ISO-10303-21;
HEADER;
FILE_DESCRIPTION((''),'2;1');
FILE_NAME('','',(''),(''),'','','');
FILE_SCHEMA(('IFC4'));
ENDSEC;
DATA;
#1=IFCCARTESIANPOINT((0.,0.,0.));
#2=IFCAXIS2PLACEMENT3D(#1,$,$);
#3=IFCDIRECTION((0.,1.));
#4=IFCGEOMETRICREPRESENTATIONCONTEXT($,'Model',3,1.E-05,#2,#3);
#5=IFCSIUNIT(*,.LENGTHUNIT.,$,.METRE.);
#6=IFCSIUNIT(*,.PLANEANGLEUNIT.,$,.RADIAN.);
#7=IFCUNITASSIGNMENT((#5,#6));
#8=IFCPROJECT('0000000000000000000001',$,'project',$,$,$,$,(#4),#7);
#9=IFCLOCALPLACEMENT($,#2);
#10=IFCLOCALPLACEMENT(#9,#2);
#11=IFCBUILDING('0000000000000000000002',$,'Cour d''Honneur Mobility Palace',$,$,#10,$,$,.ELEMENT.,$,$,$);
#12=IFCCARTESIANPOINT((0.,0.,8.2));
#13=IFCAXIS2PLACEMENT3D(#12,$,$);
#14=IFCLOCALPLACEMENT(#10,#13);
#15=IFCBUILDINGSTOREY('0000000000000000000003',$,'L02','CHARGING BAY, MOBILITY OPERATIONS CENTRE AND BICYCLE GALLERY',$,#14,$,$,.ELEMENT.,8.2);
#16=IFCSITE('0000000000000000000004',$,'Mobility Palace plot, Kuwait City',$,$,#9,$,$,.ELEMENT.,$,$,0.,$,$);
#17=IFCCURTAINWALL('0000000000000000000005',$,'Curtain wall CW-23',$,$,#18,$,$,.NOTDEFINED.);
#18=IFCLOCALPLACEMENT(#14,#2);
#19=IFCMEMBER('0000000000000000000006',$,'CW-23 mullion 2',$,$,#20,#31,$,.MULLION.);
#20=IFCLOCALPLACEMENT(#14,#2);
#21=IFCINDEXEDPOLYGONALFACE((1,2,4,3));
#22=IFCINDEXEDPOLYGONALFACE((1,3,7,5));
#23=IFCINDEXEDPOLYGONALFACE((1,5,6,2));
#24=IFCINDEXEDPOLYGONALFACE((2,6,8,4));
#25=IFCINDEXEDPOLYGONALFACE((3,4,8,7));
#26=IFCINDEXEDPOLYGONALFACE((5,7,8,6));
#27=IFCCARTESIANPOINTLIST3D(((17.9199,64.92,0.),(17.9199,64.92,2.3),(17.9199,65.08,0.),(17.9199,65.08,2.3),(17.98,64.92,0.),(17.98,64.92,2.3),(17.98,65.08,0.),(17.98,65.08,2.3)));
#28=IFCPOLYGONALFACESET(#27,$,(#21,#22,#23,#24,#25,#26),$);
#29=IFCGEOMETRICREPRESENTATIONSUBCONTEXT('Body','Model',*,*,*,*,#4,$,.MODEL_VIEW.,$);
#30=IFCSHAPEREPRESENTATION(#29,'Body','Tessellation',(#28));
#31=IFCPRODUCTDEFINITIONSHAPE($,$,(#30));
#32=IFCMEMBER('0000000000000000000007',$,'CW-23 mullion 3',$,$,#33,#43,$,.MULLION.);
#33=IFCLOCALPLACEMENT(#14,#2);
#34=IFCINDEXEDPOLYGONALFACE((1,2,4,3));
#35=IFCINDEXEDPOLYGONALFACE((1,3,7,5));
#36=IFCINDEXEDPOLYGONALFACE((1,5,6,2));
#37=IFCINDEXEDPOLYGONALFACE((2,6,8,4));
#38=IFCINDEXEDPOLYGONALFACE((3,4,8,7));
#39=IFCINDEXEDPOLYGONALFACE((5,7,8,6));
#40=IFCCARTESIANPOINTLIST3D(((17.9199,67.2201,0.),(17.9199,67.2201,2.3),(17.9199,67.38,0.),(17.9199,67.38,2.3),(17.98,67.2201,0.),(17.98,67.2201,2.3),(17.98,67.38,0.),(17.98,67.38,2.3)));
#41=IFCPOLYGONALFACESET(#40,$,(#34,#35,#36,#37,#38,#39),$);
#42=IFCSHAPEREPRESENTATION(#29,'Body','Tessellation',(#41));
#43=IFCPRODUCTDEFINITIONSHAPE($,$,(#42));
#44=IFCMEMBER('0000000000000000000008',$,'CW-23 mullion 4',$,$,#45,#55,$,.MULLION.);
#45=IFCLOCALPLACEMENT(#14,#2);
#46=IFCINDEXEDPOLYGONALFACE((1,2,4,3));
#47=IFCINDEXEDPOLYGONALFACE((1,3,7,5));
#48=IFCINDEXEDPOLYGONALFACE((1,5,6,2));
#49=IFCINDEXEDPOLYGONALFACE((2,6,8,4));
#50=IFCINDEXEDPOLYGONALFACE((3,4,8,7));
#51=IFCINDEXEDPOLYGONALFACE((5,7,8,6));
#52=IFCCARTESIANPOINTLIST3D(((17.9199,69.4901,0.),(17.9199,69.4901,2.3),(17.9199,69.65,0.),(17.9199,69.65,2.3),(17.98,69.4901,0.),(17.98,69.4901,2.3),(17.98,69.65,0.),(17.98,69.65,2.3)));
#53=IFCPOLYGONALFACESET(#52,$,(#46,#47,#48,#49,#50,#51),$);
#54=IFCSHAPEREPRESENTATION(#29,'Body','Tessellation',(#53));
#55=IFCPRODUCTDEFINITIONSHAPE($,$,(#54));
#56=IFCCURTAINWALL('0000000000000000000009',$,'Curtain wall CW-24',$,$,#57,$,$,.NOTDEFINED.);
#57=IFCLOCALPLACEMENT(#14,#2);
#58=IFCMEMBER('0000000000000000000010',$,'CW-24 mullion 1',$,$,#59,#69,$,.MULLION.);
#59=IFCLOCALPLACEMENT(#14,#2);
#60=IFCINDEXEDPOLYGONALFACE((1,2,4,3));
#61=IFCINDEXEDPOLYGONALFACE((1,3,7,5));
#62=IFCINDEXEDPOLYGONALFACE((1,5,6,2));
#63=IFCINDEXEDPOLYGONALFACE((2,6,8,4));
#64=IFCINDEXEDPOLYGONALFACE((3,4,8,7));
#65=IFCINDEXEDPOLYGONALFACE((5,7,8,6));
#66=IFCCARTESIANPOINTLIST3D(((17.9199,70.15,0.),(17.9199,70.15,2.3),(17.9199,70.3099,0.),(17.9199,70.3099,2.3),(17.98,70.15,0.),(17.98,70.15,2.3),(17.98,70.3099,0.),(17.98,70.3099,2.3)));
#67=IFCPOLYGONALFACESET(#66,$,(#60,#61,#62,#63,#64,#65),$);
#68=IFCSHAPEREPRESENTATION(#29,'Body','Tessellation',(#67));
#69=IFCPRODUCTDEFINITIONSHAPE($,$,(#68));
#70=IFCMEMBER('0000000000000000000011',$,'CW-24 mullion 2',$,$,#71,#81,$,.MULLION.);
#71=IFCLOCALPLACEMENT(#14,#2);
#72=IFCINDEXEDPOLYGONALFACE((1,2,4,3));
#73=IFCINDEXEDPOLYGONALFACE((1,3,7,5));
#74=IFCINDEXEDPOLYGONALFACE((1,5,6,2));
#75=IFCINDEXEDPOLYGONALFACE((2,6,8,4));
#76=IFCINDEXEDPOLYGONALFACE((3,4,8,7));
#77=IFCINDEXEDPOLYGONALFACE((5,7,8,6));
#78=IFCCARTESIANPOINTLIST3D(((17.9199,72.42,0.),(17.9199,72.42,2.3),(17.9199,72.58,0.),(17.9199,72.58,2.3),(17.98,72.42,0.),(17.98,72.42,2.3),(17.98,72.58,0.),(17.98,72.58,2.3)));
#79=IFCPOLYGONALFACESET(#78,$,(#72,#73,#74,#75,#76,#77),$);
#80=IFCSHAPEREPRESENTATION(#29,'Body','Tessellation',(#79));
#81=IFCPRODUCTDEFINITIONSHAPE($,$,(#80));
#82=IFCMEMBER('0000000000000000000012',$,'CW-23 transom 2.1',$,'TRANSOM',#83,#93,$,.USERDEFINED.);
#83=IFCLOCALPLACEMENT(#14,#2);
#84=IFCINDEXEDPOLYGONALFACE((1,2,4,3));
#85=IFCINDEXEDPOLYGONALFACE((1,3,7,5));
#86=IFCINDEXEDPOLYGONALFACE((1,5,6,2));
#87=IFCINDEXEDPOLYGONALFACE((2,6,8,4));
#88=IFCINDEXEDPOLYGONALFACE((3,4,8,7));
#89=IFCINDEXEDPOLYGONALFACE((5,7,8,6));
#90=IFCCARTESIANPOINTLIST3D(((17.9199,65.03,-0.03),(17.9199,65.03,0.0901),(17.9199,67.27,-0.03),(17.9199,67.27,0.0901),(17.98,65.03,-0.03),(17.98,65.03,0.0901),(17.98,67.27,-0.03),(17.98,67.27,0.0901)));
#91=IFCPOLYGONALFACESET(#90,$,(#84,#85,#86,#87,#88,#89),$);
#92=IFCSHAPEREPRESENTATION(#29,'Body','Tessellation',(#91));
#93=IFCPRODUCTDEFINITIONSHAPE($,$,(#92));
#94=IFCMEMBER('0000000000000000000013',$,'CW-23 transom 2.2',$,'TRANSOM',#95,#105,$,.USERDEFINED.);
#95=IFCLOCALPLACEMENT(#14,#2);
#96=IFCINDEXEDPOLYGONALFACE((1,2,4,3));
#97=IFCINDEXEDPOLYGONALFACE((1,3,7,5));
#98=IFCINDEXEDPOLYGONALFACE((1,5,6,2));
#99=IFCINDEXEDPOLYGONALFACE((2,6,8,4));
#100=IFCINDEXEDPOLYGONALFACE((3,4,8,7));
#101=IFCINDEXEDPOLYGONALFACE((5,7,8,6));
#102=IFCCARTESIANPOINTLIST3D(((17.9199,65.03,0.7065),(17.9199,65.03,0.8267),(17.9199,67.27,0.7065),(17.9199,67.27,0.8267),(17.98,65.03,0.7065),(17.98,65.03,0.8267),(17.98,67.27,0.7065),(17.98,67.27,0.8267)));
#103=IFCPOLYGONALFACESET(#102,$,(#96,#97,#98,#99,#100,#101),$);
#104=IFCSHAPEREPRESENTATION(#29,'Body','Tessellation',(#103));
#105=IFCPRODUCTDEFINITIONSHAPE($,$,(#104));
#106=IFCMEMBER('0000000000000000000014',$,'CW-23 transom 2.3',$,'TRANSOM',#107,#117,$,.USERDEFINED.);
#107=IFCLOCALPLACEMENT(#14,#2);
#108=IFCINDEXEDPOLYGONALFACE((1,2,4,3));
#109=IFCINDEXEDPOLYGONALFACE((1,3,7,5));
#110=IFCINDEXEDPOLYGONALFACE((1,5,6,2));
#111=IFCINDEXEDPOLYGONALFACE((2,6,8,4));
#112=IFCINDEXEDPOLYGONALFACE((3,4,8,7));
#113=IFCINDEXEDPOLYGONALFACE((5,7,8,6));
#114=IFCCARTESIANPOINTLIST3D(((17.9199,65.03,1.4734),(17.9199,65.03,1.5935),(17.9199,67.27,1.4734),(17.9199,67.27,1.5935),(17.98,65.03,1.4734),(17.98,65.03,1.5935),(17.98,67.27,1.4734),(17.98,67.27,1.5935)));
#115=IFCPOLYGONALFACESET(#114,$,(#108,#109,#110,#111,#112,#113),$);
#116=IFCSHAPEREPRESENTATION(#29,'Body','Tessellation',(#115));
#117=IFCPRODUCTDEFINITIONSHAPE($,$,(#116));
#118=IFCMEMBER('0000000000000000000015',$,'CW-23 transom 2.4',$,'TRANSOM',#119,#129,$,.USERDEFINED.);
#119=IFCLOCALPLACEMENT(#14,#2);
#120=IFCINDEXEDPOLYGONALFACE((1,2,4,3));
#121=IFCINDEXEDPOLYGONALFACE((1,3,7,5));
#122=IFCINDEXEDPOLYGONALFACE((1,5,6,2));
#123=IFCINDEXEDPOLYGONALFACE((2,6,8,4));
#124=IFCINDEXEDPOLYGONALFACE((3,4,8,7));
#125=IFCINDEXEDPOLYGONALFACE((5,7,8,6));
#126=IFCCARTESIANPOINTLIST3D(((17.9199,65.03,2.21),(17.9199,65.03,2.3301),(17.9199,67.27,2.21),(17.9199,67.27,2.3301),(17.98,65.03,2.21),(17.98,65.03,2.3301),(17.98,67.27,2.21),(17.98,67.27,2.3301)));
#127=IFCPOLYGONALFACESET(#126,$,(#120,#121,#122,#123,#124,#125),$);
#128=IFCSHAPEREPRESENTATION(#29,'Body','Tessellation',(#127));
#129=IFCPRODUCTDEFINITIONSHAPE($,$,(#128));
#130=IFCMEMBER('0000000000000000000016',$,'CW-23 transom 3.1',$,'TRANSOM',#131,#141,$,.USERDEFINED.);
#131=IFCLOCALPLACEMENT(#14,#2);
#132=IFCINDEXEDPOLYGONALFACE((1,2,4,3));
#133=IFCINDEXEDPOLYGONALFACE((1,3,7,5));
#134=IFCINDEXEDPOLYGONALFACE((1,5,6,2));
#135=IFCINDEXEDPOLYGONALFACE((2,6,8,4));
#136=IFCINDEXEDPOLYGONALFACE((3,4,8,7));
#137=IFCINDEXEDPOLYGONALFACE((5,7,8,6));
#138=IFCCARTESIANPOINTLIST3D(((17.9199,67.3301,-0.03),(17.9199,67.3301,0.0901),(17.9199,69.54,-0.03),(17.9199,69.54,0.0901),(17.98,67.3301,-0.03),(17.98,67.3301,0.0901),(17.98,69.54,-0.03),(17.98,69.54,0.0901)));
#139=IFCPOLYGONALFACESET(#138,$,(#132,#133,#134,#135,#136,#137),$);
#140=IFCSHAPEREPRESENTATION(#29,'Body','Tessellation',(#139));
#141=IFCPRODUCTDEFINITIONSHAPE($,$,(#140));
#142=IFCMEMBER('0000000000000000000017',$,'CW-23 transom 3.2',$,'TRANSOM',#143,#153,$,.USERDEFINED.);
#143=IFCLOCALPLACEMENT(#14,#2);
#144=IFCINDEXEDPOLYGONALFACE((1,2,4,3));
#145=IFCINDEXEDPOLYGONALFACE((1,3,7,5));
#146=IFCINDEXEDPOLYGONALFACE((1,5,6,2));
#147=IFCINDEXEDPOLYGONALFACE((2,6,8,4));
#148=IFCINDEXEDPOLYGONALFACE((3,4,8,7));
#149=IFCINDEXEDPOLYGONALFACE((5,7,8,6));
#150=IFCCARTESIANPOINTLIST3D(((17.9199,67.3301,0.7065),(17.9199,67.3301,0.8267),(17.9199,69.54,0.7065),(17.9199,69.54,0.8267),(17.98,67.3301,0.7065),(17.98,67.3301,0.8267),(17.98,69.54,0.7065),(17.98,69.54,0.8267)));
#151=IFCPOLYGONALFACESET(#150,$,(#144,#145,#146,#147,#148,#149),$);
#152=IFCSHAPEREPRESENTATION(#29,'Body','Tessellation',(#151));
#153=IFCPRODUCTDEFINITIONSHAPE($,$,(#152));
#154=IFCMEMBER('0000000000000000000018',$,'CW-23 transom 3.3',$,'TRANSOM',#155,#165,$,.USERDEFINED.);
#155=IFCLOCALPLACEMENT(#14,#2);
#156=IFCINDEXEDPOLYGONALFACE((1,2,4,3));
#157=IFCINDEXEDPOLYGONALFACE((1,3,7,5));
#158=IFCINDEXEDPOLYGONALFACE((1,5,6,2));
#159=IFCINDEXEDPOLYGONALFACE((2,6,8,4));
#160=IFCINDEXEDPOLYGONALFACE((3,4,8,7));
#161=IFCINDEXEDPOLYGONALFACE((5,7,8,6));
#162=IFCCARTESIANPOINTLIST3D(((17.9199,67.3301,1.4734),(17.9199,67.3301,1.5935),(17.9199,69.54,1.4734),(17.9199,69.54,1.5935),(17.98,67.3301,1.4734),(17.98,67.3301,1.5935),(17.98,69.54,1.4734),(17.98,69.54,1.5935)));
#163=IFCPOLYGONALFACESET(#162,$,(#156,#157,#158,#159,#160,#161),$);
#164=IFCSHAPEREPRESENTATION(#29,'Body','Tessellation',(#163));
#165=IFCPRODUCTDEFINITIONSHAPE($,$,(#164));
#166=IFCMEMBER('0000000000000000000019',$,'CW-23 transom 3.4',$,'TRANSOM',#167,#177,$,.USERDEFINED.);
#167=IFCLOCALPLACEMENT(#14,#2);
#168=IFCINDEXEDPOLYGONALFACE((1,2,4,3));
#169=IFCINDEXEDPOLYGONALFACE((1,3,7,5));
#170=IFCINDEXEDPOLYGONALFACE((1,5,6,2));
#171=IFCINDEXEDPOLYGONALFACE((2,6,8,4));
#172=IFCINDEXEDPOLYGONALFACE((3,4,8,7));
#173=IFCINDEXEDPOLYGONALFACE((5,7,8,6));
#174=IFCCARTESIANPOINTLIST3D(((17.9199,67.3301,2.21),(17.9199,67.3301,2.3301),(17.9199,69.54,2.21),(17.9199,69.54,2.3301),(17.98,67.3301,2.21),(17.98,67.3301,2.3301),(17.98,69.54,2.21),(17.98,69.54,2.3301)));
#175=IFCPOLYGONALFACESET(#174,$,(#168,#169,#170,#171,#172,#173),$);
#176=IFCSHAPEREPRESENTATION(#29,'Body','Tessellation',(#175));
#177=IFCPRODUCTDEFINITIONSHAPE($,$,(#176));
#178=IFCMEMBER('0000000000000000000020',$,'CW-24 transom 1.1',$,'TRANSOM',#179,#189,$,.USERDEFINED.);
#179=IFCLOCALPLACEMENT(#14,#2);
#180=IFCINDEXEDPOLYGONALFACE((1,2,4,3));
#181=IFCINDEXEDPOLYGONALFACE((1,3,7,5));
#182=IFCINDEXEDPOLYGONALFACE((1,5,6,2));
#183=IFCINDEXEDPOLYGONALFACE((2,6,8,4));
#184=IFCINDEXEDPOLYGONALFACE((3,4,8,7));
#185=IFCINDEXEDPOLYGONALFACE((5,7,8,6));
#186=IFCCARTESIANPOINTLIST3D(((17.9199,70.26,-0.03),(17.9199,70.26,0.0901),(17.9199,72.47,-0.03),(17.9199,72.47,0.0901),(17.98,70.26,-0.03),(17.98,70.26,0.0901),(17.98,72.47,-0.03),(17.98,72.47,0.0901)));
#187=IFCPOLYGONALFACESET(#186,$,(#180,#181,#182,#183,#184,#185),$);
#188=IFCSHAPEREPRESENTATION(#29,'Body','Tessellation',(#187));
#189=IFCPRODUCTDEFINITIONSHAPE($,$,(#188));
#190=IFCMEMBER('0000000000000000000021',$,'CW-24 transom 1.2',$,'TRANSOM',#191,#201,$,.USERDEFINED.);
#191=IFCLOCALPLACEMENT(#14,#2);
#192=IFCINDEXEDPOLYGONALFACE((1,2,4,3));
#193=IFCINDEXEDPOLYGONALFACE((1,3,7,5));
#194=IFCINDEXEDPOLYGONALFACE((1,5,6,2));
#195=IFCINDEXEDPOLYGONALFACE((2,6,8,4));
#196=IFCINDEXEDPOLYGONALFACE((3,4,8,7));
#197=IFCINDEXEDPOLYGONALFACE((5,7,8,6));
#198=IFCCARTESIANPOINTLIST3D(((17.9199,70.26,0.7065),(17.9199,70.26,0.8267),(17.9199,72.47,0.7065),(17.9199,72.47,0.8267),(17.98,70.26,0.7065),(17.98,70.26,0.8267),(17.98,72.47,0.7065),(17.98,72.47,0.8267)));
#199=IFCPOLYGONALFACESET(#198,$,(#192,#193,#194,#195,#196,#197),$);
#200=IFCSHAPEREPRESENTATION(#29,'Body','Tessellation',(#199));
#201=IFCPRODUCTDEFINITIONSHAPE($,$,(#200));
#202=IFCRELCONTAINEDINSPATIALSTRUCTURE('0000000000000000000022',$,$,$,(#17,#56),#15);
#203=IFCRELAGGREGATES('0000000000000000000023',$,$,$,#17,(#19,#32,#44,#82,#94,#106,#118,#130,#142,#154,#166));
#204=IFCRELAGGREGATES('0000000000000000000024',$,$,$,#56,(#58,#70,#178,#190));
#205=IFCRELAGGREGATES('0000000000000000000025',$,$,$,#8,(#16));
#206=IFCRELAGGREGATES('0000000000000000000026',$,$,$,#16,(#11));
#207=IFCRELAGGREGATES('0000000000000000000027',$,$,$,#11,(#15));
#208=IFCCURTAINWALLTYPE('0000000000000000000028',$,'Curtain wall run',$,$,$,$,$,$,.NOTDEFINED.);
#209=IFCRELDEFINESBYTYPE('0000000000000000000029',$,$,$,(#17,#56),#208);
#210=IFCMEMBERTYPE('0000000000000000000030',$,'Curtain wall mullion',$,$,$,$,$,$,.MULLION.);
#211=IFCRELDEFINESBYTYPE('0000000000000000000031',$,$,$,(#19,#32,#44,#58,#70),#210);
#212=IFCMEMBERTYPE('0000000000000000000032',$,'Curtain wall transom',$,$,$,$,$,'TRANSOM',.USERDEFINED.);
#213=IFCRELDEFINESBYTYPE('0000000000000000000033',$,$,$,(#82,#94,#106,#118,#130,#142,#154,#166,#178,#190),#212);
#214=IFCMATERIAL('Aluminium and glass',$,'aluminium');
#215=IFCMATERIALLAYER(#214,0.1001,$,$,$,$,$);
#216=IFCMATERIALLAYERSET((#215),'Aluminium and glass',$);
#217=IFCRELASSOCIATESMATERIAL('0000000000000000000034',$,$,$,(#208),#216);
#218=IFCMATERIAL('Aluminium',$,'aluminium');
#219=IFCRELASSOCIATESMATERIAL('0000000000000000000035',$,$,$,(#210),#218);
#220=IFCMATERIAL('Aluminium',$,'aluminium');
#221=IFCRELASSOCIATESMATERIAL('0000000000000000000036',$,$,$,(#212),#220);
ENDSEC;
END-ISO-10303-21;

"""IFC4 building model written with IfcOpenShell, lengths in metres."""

from ifc_helpers import new_model, si_unit, direction, frame, origin, origin_2d, place, context, subcontext, project, spatial, rectangle, extrude, material, layer, layer_set, material_profile, profile_set, type_object, element, aggregate, save


model = new_model("IFC4")

# Units and contexts
model_context = context("Model", 3, precision=1e-05, world=origin(), true_north=direction((0.0, 1.0)))
body_context = subcontext(model_context, "Body", "Model", "MODEL_VIEW")
ifc_project = project(units=[si_unit("LENGTHUNIT", "METRE"), si_unit("PLANEANGLEUNIT", "RADIAN")], contexts=[model_context])

# Site, building, storey
site_placement = place(None, origin())
site = spatial("IfcSite", under=ifc_project, at=site_placement, Name="Mobility Palace plot, Kuwait City", CompositionType="ELEMENT", RefElevation=0.0)
building_placement = place(site_placement, origin())
building = spatial("IfcBuilding", under=site, at=building_placement, Name="Cour d'Honneur Mobility Palace", CompositionType="ELEMENT")
storey_placement = place(building_placement, frame((0.0, 0.0, 8.2)))
storey = spatial("IfcBuildingStorey", under=building, at=storey_placement, Name="L02", Description="CHARGING BAY, MOBILITY OPERATIONS CENTRE AND BICYCLE GALLERY", CompositionType="ELEMENT", Elevation=8.2)

# Curtain walls, members
ifc_material_1 = material(Name="Aluminium and glass", Category="aluminium")
ifc_layer_1 = layer(ifc_material_1, 0.1001)
ifc_layer_set_1 = layer_set([ifc_layer_1], Name="Aluminium and glass")
curtain_wall_type = type_object("IfcCurtainWallType", Name="Curtain wall run", PredefinedType="NOTDEFINED", material=ifc_layer_set_1)
curtain_wall_1_placement = place(storey_placement, origin())
curtain_wall_1 = element("IfcCurtainWall", 1, at=curtain_wall_1_placement, inside=storey, type_object=curtain_wall_type, Name="Curtain wall CW-23", PredefinedType="NOTDEFINED")
ifc_material_2 = material(Name="Aluminium", Category="aluminium")
ifc_material_profile_1 = material_profile(ifc_material_2, rectangle(XDim=0.0601, YDim=0.1599, at=origin_2d()), Name="Curtain wall mullion")
ifc_profile_set_1 = profile_set([ifc_material_profile_1], Name="Aluminium")
member_type_1 = type_object("IfcMemberType", Name="Curtain wall mullion", PredefinedType="MULLION", material=ifc_profile_set_1)
member_1_placement = place(storey_placement, frame((17.95, 65.0, 0.0), z_axis=(0.0, 0.0, 1.0), x_axis=(-1.0, 0.0, 0.0)))
member_1 = element("IfcMember", 2, at=member_1_placement, type_object=member_type_1, Name="CW-23 mullion 2", PredefinedType="MULLION", context=body_context, shape_type="SweptSolid", body=[
    extrude(rectangle(XDim=0.0601, YDim=0.1599, at=origin_2d()), origin(), (0.0, 0.0, 1.0), 2.3),
])
member_2_placement = place(storey_placement, frame((17.95, 67.3, 0.0), z_axis=(0.0, 0.0, 1.0), x_axis=(-1.0, 0.0, 0.0)))
member_2 = element("IfcMember", 3, at=member_2_placement, type_object=member_type_1, Name="CW-23 mullion 3", PredefinedType="MULLION", context=body_context, shape_type="SweptSolid", body=[
    extrude(rectangle(XDim=0.0601, YDim=0.1599, at=origin_2d()), origin(), (0.0, 0.0, 1.0), 2.3),
])
member_3_placement = place(storey_placement, frame((17.95, 69.5701, 0.0), z_axis=(0.0, 0.0, 1.0), x_axis=(-1.0, 0.0, 0.0)))
member_3 = element("IfcMember", 4, at=member_3_placement, type_object=member_type_1, Name="CW-23 mullion 4", PredefinedType="MULLION", context=body_context, shape_type="SweptSolid", body=[
    extrude(rectangle(XDim=0.0601, YDim=0.1599, at=origin_2d()), origin(), (0.0, 0.0, 1.0), 2.3),
])
curtain_wall_2_placement = place(storey_placement, origin())
curtain_wall_2 = element("IfcCurtainWall", 5, at=curtain_wall_2_placement, inside=storey, type_object=curtain_wall_type, Name="Curtain wall CW-24", PredefinedType="NOTDEFINED")
member_4_placement = place(storey_placement, frame((17.95, 70.23, 0.0), z_axis=(0.0, 0.0, 1.0), x_axis=(-1.0, 0.0, 0.0)))
member_4 = element("IfcMember", 6, at=member_4_placement, type_object=member_type_1, Name="CW-24 mullion 1", PredefinedType="MULLION", context=body_context, shape_type="SweptSolid", body=[
    extrude(rectangle(XDim=0.0601, YDim=0.1599, at=origin_2d()), origin(), (0.0, 0.0, 1.0), 2.3),
])
member_5_placement = place(storey_placement, frame((17.95, 72.5, 0.0), z_axis=(0.0, 0.0, 1.0), x_axis=(-1.0, 0.0, 0.0)))
member_5 = element("IfcMember", 7, at=member_5_placement, type_object=member_type_1, Name="CW-24 mullion 2", PredefinedType="MULLION", context=body_context, shape_type="SweptSolid", body=[
    extrude(rectangle(XDim=0.0601, YDim=0.1599, at=origin_2d()), origin(), (0.0, 0.0, 1.0), 2.3),
])

# Members
ifc_material_3 = material(Name="Aluminium", Category="aluminium")
ifc_material_profile_2 = material_profile(ifc_material_3, rectangle(XDim=0.0601, YDim=0.1201, at=origin_2d()), Name="Curtain wall transom")
ifc_profile_set_2 = profile_set([ifc_material_profile_2], Name="Aluminium")
member_type_2 = type_object("IfcMemberType", Name="Curtain wall transom", ElementType="TRANSOM", PredefinedType="USERDEFINED", material=ifc_profile_set_2)
member_6_placement = place(storey_placement, frame((17.95, 65.03, 0.03), z_axis=(0.0, 1.0, 0.0), x_axis=(-1.0, 0.0, 0.0)))
member_6 = element("IfcMember", 8, at=member_6_placement, type_object=member_type_2, Name="CW-23 transom 2.1", ObjectType="TRANSOM", PredefinedType="USERDEFINED", context=body_context, shape_type="SweptSolid", body=[
    extrude(rectangle(XDim=0.0601, YDim=0.1201, at=origin_2d()), origin(), (0.0, 0.0, 1.0), 2.24),
])
member_7_placement = place(storey_placement, frame((17.95, 65.03, 0.7666), z_axis=(0.0, 1.0, 0.0), x_axis=(-1.0, 0.0, 0.0)))
member_7 = element("IfcMember", 9, at=member_7_placement, type_object=member_type_2, Name="CW-23 transom 2.2", ObjectType="TRANSOM", PredefinedType="USERDEFINED", context=body_context, shape_type="SweptSolid", body=[
    extrude(rectangle(XDim=0.0601, YDim=0.1201, at=origin_2d()), origin(), (0.0, 0.0, 1.0), 2.24),
])
member_8_placement = place(storey_placement, frame((17.95, 65.03, 1.5334), z_axis=(0.0, 1.0, 0.0), x_axis=(-1.0, 0.0, 0.0)))
member_8 = element("IfcMember", 10, at=member_8_placement, type_object=member_type_2, Name="CW-23 transom 2.3", ObjectType="TRANSOM", PredefinedType="USERDEFINED", context=body_context, shape_type="SweptSolid", body=[
    extrude(rectangle(XDim=0.0601, YDim=0.1201, at=origin_2d()), origin(), (0.0, 0.0, 1.0), 2.24),
])
member_9_placement = place(storey_placement, frame((17.95, 65.03, 2.27), z_axis=(0.0, 1.0, 0.0), x_axis=(-1.0, 0.0, 0.0)))
member_9 = element("IfcMember", 11, at=member_9_placement, type_object=member_type_2, Name="CW-23 transom 2.4", ObjectType="TRANSOM", PredefinedType="USERDEFINED", context=body_context, shape_type="SweptSolid", body=[
    extrude(rectangle(XDim=0.0601, YDim=0.1201, at=origin_2d()), origin(), (0.0, 0.0, 1.0), 2.24),
])
member_10_placement = place(storey_placement, frame((17.95, 67.3301, 0.03), z_axis=(0.0, 1.0, 0.0), x_axis=(-1.0, 0.0, 0.0)))
member_10 = element("IfcMember", 12, at=member_10_placement, type_object=member_type_2, Name="CW-23 transom 3.1", ObjectType="TRANSOM", PredefinedType="USERDEFINED", context=body_context, shape_type="SweptSolid", body=[
    extrude(rectangle(XDim=0.0601, YDim=0.1201, at=origin_2d()), origin(), (0.0, 0.0, 1.0), 2.21),
])
member_11_placement = place(storey_placement, frame((17.95, 67.3301, 0.7666), z_axis=(0.0, 1.0, 0.0), x_axis=(-1.0, 0.0, 0.0)))
member_11 = element("IfcMember", 13, at=member_11_placement, type_object=member_type_2, Name="CW-23 transom 3.2", ObjectType="TRANSOM", PredefinedType="USERDEFINED", context=body_context, shape_type="SweptSolid", body=[
    extrude(rectangle(XDim=0.0601, YDim=0.1201, at=origin_2d()), origin(), (0.0, 0.0, 1.0), 2.21),
])
member_12_placement = place(storey_placement, frame((17.95, 67.3301, 1.5334), z_axis=(0.0, 1.0, 0.0), x_axis=(-1.0, 0.0, 0.0)))
member_12 = element("IfcMember", 14, at=member_12_placement, type_object=member_type_2, Name="CW-23 transom 3.3", ObjectType="TRANSOM", PredefinedType="USERDEFINED", context=body_context, shape_type="SweptSolid", body=[
    extrude(rectangle(XDim=0.0601, YDim=0.1201, at=origin_2d()), origin(), (0.0, 0.0, 1.0), 2.21),
])
member_13_placement = place(storey_placement, frame((17.95, 67.3301, 2.27), z_axis=(0.0, 1.0, 0.0), x_axis=(-1.0, 0.0, 0.0)))
member_13 = element("IfcMember", 15, at=member_13_placement, type_object=member_type_2, Name="CW-23 transom 3.4", ObjectType="TRANSOM", PredefinedType="USERDEFINED", context=body_context, shape_type="SweptSolid", body=[
    extrude(rectangle(XDim=0.0601, YDim=0.1201, at=origin_2d()), origin(), (0.0, 0.0, 1.0), 2.21),
])
member_14_placement = place(storey_placement, frame((17.95, 70.26, 0.03), z_axis=(0.0, 1.0, 0.0), x_axis=(-1.0, 0.0, 0.0)))
member_14 = element("IfcMember", 16, at=member_14_placement, type_object=member_type_2, Name="CW-24 transom 1.1", ObjectType="TRANSOM", PredefinedType="USERDEFINED", context=body_context, shape_type="SweptSolid", body=[
    extrude(rectangle(XDim=0.0601, YDim=0.1201, at=origin_2d()), origin(), (0.0, 0.0, 1.0), 2.21),
])
member_15_placement = place(storey_placement, frame((17.95, 70.26, 0.7666), z_axis=(0.0, 1.0, 0.0), x_axis=(-1.0, 0.0, 0.0)))
member_15 = element("IfcMember", 17, at=member_15_placement, type_object=member_type_2, Name="CW-24 transom 1.2", ObjectType="TRANSOM", PredefinedType="USERDEFINED", context=body_context, shape_type="SweptSolid", body=[
    extrude(rectangle(XDim=0.0601, YDim=0.1201, at=origin_2d()), origin(), (0.0, 0.0, 1.0), 2.21),
])

aggregate(curtain_wall_1, [member_1, member_2, member_3, member_6, member_7, member_8, member_9, member_10, member_11, member_12, member_13])
aggregate(curtain_wall_2, [member_4, member_5, member_14, member_15])

save(model, "model.ifc")
